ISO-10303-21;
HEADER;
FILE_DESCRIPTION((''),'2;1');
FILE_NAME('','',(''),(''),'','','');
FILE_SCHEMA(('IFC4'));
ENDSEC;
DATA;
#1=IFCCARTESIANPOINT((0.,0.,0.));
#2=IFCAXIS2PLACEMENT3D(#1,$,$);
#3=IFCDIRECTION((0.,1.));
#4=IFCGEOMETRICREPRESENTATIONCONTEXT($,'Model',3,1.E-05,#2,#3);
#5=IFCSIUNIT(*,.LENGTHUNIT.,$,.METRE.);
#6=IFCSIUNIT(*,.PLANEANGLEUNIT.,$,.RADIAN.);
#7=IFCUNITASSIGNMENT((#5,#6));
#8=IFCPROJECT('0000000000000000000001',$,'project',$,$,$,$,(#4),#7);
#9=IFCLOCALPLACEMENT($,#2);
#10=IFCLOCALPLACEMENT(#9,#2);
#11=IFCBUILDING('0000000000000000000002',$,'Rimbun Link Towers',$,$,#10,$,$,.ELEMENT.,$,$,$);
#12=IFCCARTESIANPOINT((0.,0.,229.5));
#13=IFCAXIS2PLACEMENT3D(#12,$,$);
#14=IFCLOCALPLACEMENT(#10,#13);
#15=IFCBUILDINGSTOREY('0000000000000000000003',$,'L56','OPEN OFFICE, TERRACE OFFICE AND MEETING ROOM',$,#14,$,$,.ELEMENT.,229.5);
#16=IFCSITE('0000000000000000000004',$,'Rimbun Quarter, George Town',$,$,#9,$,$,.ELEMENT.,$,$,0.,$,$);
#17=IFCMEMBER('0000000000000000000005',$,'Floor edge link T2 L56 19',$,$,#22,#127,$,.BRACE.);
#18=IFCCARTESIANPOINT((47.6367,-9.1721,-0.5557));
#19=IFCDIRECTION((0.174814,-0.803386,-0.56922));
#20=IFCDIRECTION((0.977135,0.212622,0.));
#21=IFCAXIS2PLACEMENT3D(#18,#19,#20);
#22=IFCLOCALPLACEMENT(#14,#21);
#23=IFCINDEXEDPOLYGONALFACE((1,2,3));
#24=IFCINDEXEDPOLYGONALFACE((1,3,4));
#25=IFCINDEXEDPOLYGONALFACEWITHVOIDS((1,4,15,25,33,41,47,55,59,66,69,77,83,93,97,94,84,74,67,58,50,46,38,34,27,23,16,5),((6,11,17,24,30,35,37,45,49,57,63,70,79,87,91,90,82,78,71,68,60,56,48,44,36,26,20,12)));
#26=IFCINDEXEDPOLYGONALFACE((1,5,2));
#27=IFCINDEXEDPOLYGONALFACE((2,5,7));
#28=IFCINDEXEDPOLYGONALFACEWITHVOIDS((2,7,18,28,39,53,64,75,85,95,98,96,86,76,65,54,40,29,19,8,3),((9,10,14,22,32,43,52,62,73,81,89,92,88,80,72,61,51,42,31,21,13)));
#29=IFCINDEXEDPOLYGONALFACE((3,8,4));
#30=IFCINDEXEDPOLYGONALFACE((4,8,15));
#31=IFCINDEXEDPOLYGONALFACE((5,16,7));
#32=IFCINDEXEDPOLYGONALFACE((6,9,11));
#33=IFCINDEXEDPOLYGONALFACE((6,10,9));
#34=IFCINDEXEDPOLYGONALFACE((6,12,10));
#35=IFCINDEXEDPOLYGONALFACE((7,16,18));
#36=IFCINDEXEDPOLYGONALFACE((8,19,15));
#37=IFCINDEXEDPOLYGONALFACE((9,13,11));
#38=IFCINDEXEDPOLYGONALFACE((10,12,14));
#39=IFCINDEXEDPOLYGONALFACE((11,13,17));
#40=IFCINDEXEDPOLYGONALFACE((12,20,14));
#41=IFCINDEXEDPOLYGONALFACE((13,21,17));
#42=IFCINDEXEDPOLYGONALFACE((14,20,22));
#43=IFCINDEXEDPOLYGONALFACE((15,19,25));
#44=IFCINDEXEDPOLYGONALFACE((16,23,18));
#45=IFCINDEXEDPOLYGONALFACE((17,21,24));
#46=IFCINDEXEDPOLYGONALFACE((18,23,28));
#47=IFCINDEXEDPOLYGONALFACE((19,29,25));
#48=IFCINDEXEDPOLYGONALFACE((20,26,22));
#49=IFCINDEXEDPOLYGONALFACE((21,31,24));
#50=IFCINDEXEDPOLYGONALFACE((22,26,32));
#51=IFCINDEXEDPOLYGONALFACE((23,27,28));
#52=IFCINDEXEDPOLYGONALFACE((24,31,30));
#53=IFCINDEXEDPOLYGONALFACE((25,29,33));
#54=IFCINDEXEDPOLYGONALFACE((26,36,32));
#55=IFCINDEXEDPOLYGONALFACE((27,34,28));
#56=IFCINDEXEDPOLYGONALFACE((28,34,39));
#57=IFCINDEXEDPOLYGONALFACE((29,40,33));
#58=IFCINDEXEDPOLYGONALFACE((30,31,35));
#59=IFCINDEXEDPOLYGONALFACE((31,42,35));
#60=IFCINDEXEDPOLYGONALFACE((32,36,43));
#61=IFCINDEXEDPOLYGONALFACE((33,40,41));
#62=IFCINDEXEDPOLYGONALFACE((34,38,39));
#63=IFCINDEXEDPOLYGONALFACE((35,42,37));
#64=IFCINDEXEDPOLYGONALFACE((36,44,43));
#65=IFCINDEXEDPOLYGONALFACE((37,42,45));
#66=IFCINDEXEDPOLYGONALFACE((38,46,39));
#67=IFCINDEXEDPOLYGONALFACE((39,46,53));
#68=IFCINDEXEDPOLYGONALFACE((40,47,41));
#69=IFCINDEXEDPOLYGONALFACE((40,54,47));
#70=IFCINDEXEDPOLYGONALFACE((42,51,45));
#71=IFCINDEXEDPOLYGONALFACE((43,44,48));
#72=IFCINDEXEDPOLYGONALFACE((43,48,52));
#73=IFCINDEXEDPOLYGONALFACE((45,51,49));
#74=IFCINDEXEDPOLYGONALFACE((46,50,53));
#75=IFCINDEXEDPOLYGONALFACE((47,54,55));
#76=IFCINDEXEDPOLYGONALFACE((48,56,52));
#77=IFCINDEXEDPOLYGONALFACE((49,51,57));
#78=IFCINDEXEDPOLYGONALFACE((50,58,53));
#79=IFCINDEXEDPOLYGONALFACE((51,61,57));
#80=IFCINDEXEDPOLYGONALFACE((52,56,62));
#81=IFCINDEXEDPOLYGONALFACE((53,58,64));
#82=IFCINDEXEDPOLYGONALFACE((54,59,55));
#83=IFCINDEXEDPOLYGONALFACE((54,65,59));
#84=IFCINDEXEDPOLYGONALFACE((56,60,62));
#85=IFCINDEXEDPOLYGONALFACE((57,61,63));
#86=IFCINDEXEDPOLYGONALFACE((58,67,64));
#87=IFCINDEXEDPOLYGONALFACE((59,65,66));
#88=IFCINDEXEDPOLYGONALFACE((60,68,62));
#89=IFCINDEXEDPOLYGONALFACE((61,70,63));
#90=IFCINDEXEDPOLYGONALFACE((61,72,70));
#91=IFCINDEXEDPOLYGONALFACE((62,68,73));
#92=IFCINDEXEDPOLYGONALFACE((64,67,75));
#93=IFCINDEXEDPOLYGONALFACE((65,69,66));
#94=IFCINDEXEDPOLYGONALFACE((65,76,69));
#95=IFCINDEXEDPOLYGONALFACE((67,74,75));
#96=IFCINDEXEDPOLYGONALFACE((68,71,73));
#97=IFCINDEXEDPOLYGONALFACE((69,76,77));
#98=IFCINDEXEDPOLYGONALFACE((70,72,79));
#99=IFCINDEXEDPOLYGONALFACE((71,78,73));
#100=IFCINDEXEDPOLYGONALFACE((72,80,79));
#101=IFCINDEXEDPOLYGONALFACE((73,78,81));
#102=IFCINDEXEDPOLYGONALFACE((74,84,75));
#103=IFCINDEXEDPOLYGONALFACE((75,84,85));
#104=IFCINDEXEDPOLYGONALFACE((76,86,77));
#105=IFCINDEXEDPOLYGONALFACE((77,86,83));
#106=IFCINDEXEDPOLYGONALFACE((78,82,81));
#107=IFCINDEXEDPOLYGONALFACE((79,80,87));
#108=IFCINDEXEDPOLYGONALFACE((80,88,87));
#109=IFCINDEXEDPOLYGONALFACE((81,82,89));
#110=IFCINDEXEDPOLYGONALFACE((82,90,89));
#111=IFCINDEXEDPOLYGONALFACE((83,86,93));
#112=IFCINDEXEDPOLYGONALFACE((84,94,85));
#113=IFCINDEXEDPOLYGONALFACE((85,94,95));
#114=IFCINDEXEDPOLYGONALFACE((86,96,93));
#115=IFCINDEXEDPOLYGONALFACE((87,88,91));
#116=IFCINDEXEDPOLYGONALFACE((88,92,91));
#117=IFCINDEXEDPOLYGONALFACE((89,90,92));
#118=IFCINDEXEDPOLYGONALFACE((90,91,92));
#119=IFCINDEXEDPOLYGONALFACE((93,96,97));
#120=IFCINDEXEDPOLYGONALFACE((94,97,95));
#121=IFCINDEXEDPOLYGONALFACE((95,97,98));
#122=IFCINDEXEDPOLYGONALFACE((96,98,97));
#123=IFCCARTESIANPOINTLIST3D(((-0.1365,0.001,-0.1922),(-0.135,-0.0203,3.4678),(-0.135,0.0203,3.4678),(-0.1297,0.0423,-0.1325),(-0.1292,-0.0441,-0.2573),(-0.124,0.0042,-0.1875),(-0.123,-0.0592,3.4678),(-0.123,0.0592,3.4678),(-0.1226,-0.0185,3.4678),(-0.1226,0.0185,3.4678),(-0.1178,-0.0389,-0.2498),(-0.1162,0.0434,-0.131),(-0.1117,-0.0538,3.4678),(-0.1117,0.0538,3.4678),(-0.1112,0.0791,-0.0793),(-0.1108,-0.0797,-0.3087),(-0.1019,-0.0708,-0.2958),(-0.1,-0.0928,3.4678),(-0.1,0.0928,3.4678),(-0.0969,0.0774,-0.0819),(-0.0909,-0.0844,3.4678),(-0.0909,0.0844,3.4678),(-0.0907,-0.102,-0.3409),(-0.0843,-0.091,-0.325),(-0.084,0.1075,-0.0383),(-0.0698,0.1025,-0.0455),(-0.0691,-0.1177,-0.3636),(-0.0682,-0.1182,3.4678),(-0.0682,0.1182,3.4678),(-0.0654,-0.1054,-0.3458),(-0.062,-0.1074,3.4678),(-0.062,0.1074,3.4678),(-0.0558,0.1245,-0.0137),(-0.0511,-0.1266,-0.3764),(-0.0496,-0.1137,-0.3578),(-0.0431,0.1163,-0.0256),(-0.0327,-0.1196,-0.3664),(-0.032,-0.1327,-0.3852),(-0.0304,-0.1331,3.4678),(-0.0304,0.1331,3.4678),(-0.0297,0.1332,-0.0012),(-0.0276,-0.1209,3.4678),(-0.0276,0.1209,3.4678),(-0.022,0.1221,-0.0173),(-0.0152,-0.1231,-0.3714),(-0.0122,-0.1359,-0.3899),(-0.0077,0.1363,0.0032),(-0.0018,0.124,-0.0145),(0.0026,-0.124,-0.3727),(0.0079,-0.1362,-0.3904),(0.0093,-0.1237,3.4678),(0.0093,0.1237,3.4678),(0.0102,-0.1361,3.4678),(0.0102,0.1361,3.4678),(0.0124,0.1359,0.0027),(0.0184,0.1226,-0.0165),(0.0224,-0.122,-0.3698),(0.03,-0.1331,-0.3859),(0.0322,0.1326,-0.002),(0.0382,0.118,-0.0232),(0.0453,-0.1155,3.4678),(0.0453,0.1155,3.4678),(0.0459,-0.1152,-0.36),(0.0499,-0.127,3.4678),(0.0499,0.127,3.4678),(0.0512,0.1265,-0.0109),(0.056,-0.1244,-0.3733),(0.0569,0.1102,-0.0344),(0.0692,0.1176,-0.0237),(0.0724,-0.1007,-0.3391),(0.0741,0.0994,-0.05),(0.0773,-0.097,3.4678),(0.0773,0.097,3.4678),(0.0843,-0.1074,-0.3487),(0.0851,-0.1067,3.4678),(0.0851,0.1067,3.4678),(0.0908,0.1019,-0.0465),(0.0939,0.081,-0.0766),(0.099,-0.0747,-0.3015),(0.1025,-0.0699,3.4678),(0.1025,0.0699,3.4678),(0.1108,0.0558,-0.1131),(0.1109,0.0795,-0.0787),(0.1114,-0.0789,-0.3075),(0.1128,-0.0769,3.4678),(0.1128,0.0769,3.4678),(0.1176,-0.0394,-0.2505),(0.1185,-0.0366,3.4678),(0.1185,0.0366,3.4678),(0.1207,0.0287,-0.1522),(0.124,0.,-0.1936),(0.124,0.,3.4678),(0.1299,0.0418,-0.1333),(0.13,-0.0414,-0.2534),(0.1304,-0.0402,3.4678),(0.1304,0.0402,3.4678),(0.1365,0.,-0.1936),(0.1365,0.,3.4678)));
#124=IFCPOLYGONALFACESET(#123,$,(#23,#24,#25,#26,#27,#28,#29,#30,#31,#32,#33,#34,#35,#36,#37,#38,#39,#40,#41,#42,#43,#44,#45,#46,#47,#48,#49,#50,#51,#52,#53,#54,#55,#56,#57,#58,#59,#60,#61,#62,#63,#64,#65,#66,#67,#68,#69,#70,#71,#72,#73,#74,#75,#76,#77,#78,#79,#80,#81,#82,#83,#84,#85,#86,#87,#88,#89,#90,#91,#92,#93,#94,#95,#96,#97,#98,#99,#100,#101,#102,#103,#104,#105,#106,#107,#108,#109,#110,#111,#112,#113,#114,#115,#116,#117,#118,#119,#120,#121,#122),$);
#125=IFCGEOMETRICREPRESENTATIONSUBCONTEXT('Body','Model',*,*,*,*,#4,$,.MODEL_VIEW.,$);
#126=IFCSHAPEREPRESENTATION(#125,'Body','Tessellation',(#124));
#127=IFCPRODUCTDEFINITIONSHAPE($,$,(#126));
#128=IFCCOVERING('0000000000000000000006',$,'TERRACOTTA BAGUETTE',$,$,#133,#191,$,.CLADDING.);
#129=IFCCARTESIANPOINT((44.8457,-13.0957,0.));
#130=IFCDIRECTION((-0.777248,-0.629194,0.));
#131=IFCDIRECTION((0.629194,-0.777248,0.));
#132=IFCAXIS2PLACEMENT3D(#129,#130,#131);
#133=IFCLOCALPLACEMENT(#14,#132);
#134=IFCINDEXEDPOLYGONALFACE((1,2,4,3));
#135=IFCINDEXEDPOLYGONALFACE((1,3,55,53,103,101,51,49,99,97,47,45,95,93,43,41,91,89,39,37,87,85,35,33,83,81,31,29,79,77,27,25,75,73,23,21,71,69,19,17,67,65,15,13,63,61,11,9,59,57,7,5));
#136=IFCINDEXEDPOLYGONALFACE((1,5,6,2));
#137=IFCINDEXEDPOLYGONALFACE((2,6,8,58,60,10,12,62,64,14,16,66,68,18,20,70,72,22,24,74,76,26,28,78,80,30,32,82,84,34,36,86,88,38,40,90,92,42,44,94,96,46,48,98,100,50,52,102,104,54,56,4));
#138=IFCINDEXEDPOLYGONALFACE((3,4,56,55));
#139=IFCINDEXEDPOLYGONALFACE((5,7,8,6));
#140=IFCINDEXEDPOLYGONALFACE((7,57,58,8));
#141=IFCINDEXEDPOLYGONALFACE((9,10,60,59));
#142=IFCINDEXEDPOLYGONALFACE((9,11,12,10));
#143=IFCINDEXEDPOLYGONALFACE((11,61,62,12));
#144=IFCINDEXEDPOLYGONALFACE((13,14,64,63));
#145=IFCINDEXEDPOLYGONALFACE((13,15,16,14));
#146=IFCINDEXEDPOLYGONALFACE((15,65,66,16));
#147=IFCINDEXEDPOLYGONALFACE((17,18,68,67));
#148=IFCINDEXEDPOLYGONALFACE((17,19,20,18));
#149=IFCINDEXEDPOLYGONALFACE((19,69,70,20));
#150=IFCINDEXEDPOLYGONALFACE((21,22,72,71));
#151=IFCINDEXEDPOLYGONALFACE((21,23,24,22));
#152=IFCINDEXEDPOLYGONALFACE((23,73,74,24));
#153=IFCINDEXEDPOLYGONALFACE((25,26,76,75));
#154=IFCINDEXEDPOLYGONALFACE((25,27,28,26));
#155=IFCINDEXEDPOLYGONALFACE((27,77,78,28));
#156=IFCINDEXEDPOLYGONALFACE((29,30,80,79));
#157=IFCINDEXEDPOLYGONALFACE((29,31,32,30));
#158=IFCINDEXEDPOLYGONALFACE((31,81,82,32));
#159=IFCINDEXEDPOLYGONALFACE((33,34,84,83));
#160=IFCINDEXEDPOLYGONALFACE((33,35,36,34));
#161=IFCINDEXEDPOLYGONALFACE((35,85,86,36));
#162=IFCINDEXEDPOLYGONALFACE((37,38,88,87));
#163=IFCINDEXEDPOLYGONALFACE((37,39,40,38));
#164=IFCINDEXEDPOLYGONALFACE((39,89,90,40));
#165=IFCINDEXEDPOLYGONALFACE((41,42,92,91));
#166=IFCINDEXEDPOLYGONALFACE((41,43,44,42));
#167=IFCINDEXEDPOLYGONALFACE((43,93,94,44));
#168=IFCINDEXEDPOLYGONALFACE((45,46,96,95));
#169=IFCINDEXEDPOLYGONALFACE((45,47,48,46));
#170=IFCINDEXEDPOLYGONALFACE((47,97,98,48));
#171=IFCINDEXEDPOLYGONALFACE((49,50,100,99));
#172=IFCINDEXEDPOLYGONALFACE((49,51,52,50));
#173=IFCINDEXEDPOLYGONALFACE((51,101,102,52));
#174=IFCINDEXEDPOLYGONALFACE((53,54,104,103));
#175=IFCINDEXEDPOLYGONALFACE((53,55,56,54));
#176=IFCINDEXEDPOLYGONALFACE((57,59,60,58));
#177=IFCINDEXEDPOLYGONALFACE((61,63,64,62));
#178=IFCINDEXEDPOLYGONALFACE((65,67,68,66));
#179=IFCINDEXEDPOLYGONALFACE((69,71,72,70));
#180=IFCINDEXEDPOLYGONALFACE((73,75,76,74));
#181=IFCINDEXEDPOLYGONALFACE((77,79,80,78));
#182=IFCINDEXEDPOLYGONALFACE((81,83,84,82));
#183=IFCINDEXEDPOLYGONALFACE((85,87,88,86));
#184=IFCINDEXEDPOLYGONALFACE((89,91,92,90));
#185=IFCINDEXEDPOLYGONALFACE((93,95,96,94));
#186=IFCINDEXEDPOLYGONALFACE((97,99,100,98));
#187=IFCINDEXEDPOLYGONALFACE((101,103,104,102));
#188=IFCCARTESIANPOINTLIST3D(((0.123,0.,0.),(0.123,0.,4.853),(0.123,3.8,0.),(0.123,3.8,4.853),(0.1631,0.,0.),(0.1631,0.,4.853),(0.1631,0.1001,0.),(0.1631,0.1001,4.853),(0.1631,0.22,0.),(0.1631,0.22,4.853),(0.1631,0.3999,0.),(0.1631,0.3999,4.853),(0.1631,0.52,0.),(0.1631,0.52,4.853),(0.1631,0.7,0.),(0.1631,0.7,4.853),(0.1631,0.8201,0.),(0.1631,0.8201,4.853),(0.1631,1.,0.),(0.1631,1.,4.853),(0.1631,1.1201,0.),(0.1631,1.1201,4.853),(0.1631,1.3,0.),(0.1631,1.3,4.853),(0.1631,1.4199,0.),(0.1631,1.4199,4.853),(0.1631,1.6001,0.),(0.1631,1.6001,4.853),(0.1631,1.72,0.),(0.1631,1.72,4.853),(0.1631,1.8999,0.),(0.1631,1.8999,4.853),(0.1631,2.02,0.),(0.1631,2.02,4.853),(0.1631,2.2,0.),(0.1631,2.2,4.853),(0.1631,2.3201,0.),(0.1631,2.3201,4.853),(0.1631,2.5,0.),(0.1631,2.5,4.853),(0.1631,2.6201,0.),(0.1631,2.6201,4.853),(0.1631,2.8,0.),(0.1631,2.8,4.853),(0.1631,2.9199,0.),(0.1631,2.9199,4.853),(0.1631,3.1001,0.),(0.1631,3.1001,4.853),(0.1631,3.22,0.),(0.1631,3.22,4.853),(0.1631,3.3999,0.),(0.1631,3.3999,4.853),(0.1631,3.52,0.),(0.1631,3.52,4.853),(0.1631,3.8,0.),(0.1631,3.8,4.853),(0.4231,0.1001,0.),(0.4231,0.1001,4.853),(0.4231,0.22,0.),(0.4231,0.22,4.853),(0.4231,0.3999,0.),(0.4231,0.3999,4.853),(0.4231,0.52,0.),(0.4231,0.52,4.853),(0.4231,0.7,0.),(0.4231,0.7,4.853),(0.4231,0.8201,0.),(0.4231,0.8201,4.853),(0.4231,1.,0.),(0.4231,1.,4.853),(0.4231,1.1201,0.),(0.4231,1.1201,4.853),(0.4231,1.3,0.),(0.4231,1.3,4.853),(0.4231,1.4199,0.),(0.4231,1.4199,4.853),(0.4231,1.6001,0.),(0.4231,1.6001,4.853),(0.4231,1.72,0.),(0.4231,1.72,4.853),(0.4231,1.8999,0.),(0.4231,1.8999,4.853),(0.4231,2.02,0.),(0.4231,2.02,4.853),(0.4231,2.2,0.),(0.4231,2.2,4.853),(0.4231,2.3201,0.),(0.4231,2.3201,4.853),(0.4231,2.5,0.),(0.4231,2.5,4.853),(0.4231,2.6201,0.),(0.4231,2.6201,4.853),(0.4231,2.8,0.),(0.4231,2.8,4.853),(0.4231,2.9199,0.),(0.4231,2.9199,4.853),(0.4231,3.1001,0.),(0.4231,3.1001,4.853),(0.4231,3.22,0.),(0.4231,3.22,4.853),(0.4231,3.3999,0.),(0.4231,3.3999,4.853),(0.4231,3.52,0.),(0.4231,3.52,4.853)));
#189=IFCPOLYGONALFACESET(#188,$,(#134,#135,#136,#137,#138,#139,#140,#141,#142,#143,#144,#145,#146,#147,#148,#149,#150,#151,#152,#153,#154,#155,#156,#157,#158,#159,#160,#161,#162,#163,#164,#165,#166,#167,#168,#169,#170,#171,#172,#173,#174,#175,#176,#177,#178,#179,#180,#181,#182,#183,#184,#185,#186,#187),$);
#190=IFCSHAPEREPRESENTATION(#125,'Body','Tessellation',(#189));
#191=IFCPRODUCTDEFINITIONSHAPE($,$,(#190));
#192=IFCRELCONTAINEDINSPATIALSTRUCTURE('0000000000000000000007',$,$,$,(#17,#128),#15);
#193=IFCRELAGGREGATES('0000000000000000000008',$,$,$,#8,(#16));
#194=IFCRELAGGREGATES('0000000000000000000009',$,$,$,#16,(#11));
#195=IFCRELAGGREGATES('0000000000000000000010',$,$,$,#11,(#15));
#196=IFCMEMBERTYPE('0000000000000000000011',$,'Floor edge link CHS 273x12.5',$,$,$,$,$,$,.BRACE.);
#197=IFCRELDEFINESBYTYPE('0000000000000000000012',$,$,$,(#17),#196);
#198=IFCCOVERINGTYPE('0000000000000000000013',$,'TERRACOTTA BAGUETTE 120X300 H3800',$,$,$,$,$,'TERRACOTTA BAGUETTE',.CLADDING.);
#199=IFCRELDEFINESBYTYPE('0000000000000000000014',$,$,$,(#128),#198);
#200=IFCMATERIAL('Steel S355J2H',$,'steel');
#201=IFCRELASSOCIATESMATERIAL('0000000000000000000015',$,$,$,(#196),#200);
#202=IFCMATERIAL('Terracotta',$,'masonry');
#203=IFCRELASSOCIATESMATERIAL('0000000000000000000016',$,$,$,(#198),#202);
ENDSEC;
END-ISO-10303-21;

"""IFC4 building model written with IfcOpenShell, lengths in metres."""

from ifc_helpers import new_model, si_unit, direction, frame, origin, origin_2d, place, context, subcontext, project, spatial, polyline, hollow_circle, outline, extrude, clip, halfspace, material, material_profile, profile_set, type_object, element, save


model = new_model("IFC4")

# Units and contexts
model_context = context("Model", 3, precision=1e-05, world=origin(), true_north=direction((0.0, 1.0)))
body_context = subcontext(model_context, "Body", "Model", "MODEL_VIEW")
ifc_project = project(units=[si_unit("LENGTHUNIT", "METRE"), si_unit("PLANEANGLEUNIT", "RADIAN")], contexts=[model_context])

# Site, building, storey
site_placement = place(None, origin())
site = spatial("IfcSite", under=ifc_project, at=site_placement, Name="Rimbun Quarter, George Town", CompositionType="ELEMENT", RefElevation=0.0)
building_placement = place(site_placement, origin())
building = spatial("IfcBuilding", under=site, at=building_placement, Name="Rimbun Link Towers", CompositionType="ELEMENT")
storey_placement = place(building_placement, frame((0.0, 0.0, 229.5)))
storey = spatial("IfcBuildingStorey", under=building, at=storey_placement, Name="L56", Description="OPEN OFFICE, TERRACE OFFICE AND MEETING ROOM", CompositionType="ELEMENT", Elevation=229.5)

# Member
ifc_material_1 = material(Name="Steel S355J2H", Category="steel")
ifc_material_profile_1 = material_profile(ifc_material_1, hollow_circle(Radius=0.1365, WallThickness=0.0125, at=origin_2d()), Name="CHS 273x12.5")
ifc_profile_set_1 = profile_set([ifc_material_profile_1], Name="Steel S355J2H")
member_type_1 = type_object("IfcMemberType", Name="Floor edge link CHS 273x12.5", PredefinedType="BRACE", material=ifc_profile_set_1)
member_1_placement = place(storey_placement, frame((47.6367, -9.1721, -0.5557), z_axis=(0.174814, -0.803386, -0.56922), x_axis=(0.977135, 0.212622, 0.0)))
element("IfcMember", 1, at=member_1_placement, inside=storey, type_object=member_type_1, Name="Floor edge link T2 L56 19", PredefinedType="BRACE", context=body_context, shape_type="Clipping", body=[
    clip(extrude(hollow_circle(Radius=0.1365, WallThickness=0.0125, at=origin_2d()), frame((0.0, 0.0, -0.4119)), (0.0, 0.0, 1.0), 3.8796), halfspace(frame((0.0, 0.0, -0.1936), z_axis=(0.0, 0.822185, -0.56922)), False)),
])

# Covering
ifc_material_2 = material(Name="Terracotta", Category="masonry")
ifc_material_profile_2 = material_profile(ifc_material_2, outline(polyline([(0.123, 0.0), (0.1631, 0.0), (0.1631, 0.1001), (0.4231, 0.1001), (0.4231, 0.22), (0.1631, 0.22), (0.1631, 0.3999), (0.4231, 0.3999), (0.4231, 0.52), (0.1631, 0.52), (0.1631, 0.7), (0.4231, 0.7), (0.4231, 0.8201), (0.1631, 0.8201), (0.1631, 1.0), (0.4231, 1.0), (0.4231, 1.1201), (0.1631, 1.1201), (0.1631, 1.3), (0.4231, 1.3), (0.4231, 1.4199), (0.1631, 1.4199), (0.1631, 1.6001), (0.4231, 1.6001), (0.4231, 1.72), (0.1631, 1.72), (0.1631, 1.8999), (0.4231, 1.8999), (0.4231, 2.02), (0.1631, 2.02), (0.1631, 2.2), (0.4231, 2.2), (0.4231, 2.3201), (0.1631, 2.3201), (0.1631, 2.5), (0.4231, 2.5), (0.4231, 2.6201), (0.1631, 2.6201), (0.1631, 2.8), (0.4231, 2.8), (0.4231, 2.9199), (0.1631, 2.9199), (0.1631, 3.1001), (0.4231, 3.1001), (0.4231, 3.22), (0.1631, 3.22), (0.1631, 3.3999), (0.4231, 3.3999), (0.4231, 3.52), (0.1631, 3.52), (0.1631, 3.8), (0.123, 3.8), (0.123, 0.0)])), Name="BAGUETTE 120X300")
ifc_profile_set_2 = profile_set([ifc_material_profile_2], Name="Terracotta")
covering_type = type_object("IfcCoveringType", Name="TERRACOTTA BAGUETTE 120X300 H3800", ElementType="TERRACOTTA BAGUETTE", PredefinedType="CLADDING", material=ifc_profile_set_2)
for number, where, z_axis, x_axis, name in (
    (2, (44.8457, -13.0957, 0.0), (-0.777248, -0.629194, 0.0), (0.629194, -0.777248, 0.0), "TERRACOTTA BAGUETTE"),
):
    element("IfcCovering", number, at=place(storey_placement, frame(where, z_axis=z_axis, x_axis=x_axis)), inside=storey, type_object=covering_type, Name=name, PredefinedType="CLADDING", context=body_context, shape_type="SweptSolid", body=[
        extrude(outline(polyline([(0.123, 0.0), (0.1631, 0.0), (0.1631, 0.1001), (0.4231, 0.1001), (0.4231, 0.22), (0.1631, 0.22), (0.1631, 0.3999), (0.4231, 0.3999), (0.4231, 0.52), (0.1631, 0.52), (0.1631, 0.7), (0.4231, 0.7), (0.4231, 0.8201), (0.1631, 0.8201), (0.1631, 1.0), (0.4231, 1.0), (0.4231, 1.1201), (0.1631, 1.1201), (0.1631, 1.3), (0.4231, 1.3), (0.4231, 1.4199), (0.1631, 1.4199), (0.1631, 1.6001), (0.4231, 1.6001), (0.4231, 1.72), (0.1631, 1.72), (0.1631, 1.8999), (0.4231, 1.8999), (0.4231, 2.02), (0.1631, 2.02), (0.1631, 2.2), (0.4231, 2.2), (0.4231, 2.3201), (0.1631, 2.3201), (0.1631, 2.5), (0.4231, 2.5), (0.4231, 2.6201), (0.1631, 2.6201), (0.1631, 2.8), (0.4231, 2.8), (0.4231, 2.9199), (0.1631, 2.9199), (0.1631, 3.1001), (0.4231, 3.1001), (0.4231, 3.22), (0.1631, 3.22), (0.1631, 3.3999), (0.4231, 3.3999), (0.4231, 3.52), (0.1631, 3.52), (0.1631, 3.8), (0.123, 3.8), (0.123, 0.0)])), origin(), (0.0, 0.0, 1.0), 4.853),
    ])

save(model, "model.ifc")
